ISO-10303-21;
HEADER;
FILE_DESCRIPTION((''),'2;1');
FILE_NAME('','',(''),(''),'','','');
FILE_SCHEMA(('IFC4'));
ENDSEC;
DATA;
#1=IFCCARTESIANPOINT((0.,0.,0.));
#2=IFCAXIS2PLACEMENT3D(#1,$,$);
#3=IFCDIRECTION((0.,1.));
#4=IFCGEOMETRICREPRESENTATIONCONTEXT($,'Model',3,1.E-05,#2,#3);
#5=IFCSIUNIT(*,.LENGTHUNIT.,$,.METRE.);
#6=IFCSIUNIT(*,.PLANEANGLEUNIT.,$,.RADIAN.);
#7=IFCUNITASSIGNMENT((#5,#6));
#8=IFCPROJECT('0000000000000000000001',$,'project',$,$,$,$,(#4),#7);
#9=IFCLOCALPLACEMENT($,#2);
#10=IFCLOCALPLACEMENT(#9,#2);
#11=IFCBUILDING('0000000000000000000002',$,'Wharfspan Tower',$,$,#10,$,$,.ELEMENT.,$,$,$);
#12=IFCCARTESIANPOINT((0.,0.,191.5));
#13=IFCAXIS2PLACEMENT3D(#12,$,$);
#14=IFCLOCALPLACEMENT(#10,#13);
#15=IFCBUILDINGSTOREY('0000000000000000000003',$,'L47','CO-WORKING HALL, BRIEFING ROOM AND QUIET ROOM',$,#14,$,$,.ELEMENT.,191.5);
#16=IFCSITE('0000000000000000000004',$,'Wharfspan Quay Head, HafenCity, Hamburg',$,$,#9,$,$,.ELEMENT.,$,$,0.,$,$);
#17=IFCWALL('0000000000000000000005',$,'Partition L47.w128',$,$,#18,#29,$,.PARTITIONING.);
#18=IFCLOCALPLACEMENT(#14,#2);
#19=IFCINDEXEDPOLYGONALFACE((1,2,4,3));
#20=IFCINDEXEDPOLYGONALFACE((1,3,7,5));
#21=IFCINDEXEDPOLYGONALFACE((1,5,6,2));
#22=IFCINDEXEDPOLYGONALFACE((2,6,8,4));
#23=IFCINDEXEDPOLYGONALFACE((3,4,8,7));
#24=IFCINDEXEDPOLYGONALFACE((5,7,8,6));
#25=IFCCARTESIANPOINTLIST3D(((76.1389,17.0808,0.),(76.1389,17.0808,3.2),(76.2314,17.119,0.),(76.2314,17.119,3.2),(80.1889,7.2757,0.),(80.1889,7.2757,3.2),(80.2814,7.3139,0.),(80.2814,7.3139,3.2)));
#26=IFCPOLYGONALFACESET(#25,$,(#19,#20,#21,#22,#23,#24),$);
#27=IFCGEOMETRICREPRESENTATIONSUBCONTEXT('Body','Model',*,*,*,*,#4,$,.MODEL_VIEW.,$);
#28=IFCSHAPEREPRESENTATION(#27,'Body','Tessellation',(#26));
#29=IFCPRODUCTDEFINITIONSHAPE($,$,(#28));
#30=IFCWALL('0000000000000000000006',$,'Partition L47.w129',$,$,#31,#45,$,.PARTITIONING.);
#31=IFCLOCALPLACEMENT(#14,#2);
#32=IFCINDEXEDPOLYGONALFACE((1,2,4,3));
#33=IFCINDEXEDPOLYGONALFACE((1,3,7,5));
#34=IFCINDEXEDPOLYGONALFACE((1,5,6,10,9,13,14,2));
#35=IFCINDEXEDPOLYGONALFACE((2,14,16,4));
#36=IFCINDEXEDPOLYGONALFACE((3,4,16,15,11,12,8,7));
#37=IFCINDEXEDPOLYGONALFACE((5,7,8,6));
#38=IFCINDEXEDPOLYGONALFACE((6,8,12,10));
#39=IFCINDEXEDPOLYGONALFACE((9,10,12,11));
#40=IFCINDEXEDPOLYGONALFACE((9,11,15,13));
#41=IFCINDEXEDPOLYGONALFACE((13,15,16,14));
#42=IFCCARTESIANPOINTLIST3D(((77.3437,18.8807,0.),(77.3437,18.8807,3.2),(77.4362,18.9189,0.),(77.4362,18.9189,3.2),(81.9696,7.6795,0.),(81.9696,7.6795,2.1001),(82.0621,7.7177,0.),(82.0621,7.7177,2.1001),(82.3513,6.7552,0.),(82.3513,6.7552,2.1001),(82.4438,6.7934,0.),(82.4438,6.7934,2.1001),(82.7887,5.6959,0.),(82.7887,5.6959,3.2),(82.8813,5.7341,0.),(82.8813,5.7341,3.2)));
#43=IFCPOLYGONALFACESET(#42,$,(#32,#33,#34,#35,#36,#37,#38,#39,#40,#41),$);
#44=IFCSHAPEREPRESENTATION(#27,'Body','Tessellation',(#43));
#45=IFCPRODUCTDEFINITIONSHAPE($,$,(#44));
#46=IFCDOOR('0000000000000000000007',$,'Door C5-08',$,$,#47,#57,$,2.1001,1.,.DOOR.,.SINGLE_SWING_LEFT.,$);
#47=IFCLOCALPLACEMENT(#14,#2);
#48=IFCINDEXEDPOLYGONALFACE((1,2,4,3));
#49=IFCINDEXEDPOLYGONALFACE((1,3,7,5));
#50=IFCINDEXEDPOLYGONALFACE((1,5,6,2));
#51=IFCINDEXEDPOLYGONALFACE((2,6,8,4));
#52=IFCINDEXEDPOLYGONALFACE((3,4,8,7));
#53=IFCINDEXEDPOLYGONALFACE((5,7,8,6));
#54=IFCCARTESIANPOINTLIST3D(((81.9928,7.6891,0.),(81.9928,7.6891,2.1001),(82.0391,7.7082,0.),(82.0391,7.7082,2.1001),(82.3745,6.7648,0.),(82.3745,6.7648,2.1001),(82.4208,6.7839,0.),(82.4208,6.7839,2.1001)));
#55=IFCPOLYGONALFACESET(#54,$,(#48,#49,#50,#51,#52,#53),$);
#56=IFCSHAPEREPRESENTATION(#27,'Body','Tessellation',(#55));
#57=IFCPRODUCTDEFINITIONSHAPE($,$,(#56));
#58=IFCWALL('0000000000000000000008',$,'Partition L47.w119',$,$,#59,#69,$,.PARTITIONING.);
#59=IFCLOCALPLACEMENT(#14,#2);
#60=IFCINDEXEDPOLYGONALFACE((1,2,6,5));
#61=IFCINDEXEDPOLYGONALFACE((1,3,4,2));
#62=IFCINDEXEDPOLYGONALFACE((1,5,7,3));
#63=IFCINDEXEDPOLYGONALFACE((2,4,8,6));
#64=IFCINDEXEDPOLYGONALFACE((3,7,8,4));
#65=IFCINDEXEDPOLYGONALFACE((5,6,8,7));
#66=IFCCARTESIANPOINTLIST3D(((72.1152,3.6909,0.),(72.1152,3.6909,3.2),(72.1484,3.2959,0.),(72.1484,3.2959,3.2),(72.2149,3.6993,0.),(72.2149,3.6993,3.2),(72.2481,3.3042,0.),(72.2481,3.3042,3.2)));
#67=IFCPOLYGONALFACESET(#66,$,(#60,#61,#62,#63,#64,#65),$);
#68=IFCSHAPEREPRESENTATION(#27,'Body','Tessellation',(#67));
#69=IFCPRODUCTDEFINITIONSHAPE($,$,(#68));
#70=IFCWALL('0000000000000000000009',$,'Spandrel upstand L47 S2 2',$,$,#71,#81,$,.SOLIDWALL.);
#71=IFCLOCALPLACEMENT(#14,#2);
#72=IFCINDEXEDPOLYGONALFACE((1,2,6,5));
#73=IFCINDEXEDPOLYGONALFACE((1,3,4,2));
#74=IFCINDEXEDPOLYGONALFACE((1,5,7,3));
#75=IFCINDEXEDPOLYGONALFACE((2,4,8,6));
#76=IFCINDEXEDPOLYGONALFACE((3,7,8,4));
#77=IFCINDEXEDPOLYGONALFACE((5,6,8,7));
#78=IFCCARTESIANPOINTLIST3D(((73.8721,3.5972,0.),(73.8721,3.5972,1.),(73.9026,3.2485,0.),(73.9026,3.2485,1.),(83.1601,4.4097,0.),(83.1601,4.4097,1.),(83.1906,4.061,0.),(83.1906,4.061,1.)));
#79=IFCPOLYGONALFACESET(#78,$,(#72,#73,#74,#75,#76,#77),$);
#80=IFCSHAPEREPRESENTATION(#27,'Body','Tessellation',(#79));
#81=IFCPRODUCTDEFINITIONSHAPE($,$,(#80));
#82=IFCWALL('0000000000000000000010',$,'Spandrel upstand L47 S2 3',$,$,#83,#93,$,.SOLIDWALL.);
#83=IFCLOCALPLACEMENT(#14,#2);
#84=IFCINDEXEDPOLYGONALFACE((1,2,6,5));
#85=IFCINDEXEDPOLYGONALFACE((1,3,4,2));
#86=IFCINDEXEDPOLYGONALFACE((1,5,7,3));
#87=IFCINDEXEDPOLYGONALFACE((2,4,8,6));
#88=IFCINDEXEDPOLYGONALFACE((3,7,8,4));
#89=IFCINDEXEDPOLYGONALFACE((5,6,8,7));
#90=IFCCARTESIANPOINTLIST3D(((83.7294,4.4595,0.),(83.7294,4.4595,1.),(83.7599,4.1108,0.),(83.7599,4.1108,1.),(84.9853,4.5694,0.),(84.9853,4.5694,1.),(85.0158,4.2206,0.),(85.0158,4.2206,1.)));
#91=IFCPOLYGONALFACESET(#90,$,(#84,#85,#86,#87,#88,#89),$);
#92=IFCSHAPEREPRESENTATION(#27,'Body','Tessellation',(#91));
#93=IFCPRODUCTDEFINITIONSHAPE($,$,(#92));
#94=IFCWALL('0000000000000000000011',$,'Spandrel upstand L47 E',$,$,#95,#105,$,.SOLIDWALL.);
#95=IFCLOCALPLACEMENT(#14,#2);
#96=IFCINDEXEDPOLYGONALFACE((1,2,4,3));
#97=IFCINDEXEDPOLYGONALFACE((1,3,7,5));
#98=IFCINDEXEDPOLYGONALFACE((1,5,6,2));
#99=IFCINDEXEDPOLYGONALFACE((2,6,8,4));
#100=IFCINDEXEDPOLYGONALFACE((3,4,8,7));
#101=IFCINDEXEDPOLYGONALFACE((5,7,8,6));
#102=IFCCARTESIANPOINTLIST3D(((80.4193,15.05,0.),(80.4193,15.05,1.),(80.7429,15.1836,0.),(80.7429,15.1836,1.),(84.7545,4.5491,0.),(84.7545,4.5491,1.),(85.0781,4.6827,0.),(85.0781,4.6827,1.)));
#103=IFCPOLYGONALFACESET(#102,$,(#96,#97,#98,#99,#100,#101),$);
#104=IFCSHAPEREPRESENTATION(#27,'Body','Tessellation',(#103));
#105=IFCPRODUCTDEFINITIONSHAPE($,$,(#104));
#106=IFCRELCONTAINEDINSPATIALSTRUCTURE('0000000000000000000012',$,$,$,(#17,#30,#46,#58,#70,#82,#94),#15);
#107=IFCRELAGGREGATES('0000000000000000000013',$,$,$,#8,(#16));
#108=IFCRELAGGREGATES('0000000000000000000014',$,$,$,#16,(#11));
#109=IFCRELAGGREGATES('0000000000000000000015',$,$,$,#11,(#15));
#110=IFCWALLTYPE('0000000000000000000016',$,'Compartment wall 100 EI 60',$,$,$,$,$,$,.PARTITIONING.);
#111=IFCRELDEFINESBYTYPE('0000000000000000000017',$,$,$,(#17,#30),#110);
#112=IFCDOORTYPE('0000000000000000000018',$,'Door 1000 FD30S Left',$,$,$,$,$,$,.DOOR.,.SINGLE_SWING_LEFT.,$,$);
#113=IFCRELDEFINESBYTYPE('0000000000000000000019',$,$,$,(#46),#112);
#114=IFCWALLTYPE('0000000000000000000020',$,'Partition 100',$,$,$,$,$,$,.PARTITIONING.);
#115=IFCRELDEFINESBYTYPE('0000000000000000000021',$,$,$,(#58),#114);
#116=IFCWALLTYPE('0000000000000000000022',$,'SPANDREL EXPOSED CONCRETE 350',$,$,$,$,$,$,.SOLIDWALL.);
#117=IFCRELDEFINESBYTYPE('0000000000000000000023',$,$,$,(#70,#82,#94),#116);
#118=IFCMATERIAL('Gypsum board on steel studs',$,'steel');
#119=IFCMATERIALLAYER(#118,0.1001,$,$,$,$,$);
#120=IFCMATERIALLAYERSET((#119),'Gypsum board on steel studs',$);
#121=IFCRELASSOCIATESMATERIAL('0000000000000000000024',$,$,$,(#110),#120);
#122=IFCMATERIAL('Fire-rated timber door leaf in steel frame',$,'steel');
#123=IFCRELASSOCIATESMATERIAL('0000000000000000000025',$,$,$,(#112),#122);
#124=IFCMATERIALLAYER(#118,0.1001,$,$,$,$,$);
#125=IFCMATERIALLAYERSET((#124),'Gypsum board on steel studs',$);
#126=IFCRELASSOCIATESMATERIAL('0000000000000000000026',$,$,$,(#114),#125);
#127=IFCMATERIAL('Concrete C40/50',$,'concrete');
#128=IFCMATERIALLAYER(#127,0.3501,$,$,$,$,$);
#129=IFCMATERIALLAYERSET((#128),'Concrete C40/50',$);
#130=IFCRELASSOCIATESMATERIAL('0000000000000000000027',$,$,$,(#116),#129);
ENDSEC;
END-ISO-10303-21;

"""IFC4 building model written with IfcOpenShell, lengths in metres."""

from ifc_helpers import new_model, si_unit, direction, frame, frame_2d, origin, place, context, subcontext, project, spatial, rectangle, extrude, material, layer, layer_set, type_object, element, fill, save


model = new_model("IFC4")

# Units and contexts
model_context = context("Model", 3, precision=1e-05, world=origin(), true_north=direction((0.0, 1.0)))
body_context = subcontext(model_context, "Body", "Model", "MODEL_VIEW")
ifc_project = project(units=[si_unit("LENGTHUNIT", "METRE"), si_unit("PLANEANGLEUNIT", "RADIAN")], contexts=[model_context])

# Site, building, storey
site_placement = place(None, origin())
site = spatial("IfcSite", under=ifc_project, at=site_placement, Name="Wharfspan Quay Head, HafenCity, Hamburg", CompositionType="ELEMENT", RefElevation=0.0)
building_placement = place(site_placement, origin())
building = spatial("IfcBuilding", under=site, at=building_placement, Name="Wharfspan Tower", CompositionType="ELEMENT")
storey_placement = place(building_placement, frame((0.0, 0.0, 191.5)))
storey = spatial("IfcBuildingStorey", under=building, at=storey_placement, Name="L47", Description="CO-WORKING HALL, BRIEFING ROOM AND QUIET ROOM", CompositionType="ELEMENT", Elevation=191.5)

# Shared definitions
ifc_material_1 = material(Name="Gypsum board on steel studs", Category="steel")
ifc_layer_1 = layer(ifc_material_1, 0.1001)
ifc_layer_set_1 = layer_set([ifc_layer_1], Name="Gypsum board on steel studs")
wall_type_1 = type_object("IfcWallType", Name="Compartment wall 100 EI 60", PredefinedType="PARTITIONING", material=ifc_layer_set_1)

# Shared definitions
ifc_material_2 = material(Name="Fire-rated timber door leaf in steel frame", Category="steel")

# Wall
wall_1_placement = place(storey_placement, frame((80.2351, 7.2949, 0.0), z_axis=(0.0, 0.0, 1.0), x_axis=(-0.381768, 0.924261, 0.0)))
element("IfcWall", 1, at=wall_1_placement, inside=storey, type_object=wall_type_1, Name="Partition L47.w128", PredefinedType="PARTITIONING", context=body_context, shape_type="SweptSolid", body=[
    extrude(rectangle(XDim=10.6086, YDim=0.1001, at=frame_2d((5.3042, 0.0))), origin(), (0.0, 0.0, 1.0), 3.2),
])

# Wall, opening, door
wall_2_placement = place(storey_placement, frame((82.835, 5.7151, 0.0), z_axis=(0.0, 0.0, 1.0), x_axis=(-0.381709, 0.924279, 0.0)))
wall_2 = element("IfcWall", 2, at=wall_2_placement, inside=storey, type_object=wall_type_1, Name="Partition L47.w129", PredefinedType="PARTITIONING", context=body_context, shape_type="SweptSolid", body=[
    extrude(rectangle(XDim=14.2649, YDim=0.1001, at=frame_2d((7.1323, 0.0))), origin(), (0.0, 0.0, 1.0), 3.2),
])
opening_1_placement = place(wall_2_placement, frame((1.146, 0.0, 0.0)))
opening_1 = element("IfcOpeningElement", 3, at=opening_1_placement, cuts=wall_2, PredefinedType="OPENING", context=body_context, shape_type="SweptSolid", body=[
    extrude(rectangle(XDim=1.0, YDim=2.1001, at=frame_2d((0.5, 1.05))), frame((0.0, 0.0601, 0.0), z_axis=(0.0, -1.0, 0.0), x_axis=(1.0, 0.0, 0.0)), (0.0, 0.0, 1.0), 0.1201),
])
door_type_1 = type_object("IfcDoorType", Name="Door 1000 FD30S Left", OperationType="SINGLE_SWING_LEFT", PredefinedType="DOOR", material=ifc_material_2)
door_1_placement = place(opening_1_placement, origin())
door_1 = element("IfcDoor", 4, at=door_1_placement, inside=storey, type_object=door_type_1, Name="Door C5-08", OperationType="SINGLE_SWING_LEFT", OverallHeight=2.1001, OverallWidth=1.0, PredefinedType="DOOR", context=body_context, shape_type="SweptSolid", body=[
    extrude(rectangle(XDim=1.0, YDim=2.1001, at=frame_2d((0.5, 1.05))), frame((0.0, 0.0249, 0.0), z_axis=(0.0, -1.0, 0.0), x_axis=(1.0, 0.0, 0.0)), (0.0, 0.0, 1.0), 0.05),
])
fill(opening_1, door_1)

# Walls
ifc_layer_2 = layer(ifc_material_1, 0.1001)
ifc_layer_set_2 = layer_set([ifc_layer_2], Name="Gypsum board on steel studs")
wall_type_2 = type_object("IfcWallType", Name="Partition 100", PredefinedType="PARTITIONING", material=ifc_layer_set_2)
wall_3_placement = place(storey_placement, frame((72.1982, 3.3, 0.0), z_axis=(0.0, 0.0, 1.0), x_axis=(-0.083759, 0.996486, 0.0)))
element("IfcWall", 5, at=wall_3_placement, inside=storey, type_object=wall_type_2, Name="Partition L47.w119", PredefinedType="PARTITIONING", context=body_context, shape_type="SweptSolid", body=[
    extrude(rectangle(XDim=0.3965, YDim=0.1001, at=frame_2d((0.1982, 0.0))), origin(), (0.0, 0.0, 1.0), 3.2),
])
ifc_material_3 = material(Name="Concrete C40/50", Category="concrete")
ifc_layer_3 = layer(ifc_material_3, 0.3501)
ifc_layer_set_3 = layer_set([ifc_layer_3], Name="Concrete C40/50")
wall_type_3 = type_object("IfcWallType", Name="SPANDREL EXPOSED CONCRETE 350", PredefinedType="SOLIDWALL", material=ifc_layer_set_3)
wall_4_placement = place(storey_placement, frame((73.8875, 3.4229, 0.0), z_axis=(0.0, 0.0, 1.0), x_axis=(0.996197, 0.087145, 0.0)))
element("IfcWall", 6, at=wall_4_placement, inside=storey, type_object=wall_type_3, Name="Spandrel upstand L47 S2 2", PredefinedType="SOLIDWALL", context=body_context, shape_type="SweptSolid", body=[
    extrude(rectangle(XDim=9.3235, YDim=0.3501, at=frame_2d((4.6616, 0.0))), origin(), (0.0, 0.0, 1.0), 1.0),
])
wall_5_placement = place(storey_placement, frame((83.7446, 4.2852, 0.0), z_axis=(0.0, 0.0, 1.0), x_axis=(0.996198, 0.087148, 0.0)))
element("IfcWall", 7, at=wall_5_placement, inside=storey, type_object=wall_type_3, Name="Spandrel upstand L47 S2 3", PredefinedType="SOLIDWALL", context=body_context, shape_type="SweptSolid", body=[
    extrude(rectangle(XDim=1.2607, YDim=0.3501, at=frame_2d((0.6304, 0.0))), origin(), (0.0, 0.0, 1.0), 1.0),
])
wall_6_placement = place(storey_placement, frame((84.9163, 4.616, 0.0), z_axis=(0.0, 0.0, 1.0), x_axis=(-0.381598, 0.924328, 0.0)))
element("IfcWall", 8, at=wall_6_placement, inside=storey, type_object=wall_type_3, Name="Spandrel upstand L47 E", PredefinedType="SOLIDWALL", context=body_context, shape_type="SweptSolid", body=[
    extrude(rectangle(XDim=11.3606, YDim=0.3501, at=frame_2d((5.6802, 0.0))), origin(), (0.0, 0.0, 1.0), 1.0),
])

save(model, "model.ifc")
